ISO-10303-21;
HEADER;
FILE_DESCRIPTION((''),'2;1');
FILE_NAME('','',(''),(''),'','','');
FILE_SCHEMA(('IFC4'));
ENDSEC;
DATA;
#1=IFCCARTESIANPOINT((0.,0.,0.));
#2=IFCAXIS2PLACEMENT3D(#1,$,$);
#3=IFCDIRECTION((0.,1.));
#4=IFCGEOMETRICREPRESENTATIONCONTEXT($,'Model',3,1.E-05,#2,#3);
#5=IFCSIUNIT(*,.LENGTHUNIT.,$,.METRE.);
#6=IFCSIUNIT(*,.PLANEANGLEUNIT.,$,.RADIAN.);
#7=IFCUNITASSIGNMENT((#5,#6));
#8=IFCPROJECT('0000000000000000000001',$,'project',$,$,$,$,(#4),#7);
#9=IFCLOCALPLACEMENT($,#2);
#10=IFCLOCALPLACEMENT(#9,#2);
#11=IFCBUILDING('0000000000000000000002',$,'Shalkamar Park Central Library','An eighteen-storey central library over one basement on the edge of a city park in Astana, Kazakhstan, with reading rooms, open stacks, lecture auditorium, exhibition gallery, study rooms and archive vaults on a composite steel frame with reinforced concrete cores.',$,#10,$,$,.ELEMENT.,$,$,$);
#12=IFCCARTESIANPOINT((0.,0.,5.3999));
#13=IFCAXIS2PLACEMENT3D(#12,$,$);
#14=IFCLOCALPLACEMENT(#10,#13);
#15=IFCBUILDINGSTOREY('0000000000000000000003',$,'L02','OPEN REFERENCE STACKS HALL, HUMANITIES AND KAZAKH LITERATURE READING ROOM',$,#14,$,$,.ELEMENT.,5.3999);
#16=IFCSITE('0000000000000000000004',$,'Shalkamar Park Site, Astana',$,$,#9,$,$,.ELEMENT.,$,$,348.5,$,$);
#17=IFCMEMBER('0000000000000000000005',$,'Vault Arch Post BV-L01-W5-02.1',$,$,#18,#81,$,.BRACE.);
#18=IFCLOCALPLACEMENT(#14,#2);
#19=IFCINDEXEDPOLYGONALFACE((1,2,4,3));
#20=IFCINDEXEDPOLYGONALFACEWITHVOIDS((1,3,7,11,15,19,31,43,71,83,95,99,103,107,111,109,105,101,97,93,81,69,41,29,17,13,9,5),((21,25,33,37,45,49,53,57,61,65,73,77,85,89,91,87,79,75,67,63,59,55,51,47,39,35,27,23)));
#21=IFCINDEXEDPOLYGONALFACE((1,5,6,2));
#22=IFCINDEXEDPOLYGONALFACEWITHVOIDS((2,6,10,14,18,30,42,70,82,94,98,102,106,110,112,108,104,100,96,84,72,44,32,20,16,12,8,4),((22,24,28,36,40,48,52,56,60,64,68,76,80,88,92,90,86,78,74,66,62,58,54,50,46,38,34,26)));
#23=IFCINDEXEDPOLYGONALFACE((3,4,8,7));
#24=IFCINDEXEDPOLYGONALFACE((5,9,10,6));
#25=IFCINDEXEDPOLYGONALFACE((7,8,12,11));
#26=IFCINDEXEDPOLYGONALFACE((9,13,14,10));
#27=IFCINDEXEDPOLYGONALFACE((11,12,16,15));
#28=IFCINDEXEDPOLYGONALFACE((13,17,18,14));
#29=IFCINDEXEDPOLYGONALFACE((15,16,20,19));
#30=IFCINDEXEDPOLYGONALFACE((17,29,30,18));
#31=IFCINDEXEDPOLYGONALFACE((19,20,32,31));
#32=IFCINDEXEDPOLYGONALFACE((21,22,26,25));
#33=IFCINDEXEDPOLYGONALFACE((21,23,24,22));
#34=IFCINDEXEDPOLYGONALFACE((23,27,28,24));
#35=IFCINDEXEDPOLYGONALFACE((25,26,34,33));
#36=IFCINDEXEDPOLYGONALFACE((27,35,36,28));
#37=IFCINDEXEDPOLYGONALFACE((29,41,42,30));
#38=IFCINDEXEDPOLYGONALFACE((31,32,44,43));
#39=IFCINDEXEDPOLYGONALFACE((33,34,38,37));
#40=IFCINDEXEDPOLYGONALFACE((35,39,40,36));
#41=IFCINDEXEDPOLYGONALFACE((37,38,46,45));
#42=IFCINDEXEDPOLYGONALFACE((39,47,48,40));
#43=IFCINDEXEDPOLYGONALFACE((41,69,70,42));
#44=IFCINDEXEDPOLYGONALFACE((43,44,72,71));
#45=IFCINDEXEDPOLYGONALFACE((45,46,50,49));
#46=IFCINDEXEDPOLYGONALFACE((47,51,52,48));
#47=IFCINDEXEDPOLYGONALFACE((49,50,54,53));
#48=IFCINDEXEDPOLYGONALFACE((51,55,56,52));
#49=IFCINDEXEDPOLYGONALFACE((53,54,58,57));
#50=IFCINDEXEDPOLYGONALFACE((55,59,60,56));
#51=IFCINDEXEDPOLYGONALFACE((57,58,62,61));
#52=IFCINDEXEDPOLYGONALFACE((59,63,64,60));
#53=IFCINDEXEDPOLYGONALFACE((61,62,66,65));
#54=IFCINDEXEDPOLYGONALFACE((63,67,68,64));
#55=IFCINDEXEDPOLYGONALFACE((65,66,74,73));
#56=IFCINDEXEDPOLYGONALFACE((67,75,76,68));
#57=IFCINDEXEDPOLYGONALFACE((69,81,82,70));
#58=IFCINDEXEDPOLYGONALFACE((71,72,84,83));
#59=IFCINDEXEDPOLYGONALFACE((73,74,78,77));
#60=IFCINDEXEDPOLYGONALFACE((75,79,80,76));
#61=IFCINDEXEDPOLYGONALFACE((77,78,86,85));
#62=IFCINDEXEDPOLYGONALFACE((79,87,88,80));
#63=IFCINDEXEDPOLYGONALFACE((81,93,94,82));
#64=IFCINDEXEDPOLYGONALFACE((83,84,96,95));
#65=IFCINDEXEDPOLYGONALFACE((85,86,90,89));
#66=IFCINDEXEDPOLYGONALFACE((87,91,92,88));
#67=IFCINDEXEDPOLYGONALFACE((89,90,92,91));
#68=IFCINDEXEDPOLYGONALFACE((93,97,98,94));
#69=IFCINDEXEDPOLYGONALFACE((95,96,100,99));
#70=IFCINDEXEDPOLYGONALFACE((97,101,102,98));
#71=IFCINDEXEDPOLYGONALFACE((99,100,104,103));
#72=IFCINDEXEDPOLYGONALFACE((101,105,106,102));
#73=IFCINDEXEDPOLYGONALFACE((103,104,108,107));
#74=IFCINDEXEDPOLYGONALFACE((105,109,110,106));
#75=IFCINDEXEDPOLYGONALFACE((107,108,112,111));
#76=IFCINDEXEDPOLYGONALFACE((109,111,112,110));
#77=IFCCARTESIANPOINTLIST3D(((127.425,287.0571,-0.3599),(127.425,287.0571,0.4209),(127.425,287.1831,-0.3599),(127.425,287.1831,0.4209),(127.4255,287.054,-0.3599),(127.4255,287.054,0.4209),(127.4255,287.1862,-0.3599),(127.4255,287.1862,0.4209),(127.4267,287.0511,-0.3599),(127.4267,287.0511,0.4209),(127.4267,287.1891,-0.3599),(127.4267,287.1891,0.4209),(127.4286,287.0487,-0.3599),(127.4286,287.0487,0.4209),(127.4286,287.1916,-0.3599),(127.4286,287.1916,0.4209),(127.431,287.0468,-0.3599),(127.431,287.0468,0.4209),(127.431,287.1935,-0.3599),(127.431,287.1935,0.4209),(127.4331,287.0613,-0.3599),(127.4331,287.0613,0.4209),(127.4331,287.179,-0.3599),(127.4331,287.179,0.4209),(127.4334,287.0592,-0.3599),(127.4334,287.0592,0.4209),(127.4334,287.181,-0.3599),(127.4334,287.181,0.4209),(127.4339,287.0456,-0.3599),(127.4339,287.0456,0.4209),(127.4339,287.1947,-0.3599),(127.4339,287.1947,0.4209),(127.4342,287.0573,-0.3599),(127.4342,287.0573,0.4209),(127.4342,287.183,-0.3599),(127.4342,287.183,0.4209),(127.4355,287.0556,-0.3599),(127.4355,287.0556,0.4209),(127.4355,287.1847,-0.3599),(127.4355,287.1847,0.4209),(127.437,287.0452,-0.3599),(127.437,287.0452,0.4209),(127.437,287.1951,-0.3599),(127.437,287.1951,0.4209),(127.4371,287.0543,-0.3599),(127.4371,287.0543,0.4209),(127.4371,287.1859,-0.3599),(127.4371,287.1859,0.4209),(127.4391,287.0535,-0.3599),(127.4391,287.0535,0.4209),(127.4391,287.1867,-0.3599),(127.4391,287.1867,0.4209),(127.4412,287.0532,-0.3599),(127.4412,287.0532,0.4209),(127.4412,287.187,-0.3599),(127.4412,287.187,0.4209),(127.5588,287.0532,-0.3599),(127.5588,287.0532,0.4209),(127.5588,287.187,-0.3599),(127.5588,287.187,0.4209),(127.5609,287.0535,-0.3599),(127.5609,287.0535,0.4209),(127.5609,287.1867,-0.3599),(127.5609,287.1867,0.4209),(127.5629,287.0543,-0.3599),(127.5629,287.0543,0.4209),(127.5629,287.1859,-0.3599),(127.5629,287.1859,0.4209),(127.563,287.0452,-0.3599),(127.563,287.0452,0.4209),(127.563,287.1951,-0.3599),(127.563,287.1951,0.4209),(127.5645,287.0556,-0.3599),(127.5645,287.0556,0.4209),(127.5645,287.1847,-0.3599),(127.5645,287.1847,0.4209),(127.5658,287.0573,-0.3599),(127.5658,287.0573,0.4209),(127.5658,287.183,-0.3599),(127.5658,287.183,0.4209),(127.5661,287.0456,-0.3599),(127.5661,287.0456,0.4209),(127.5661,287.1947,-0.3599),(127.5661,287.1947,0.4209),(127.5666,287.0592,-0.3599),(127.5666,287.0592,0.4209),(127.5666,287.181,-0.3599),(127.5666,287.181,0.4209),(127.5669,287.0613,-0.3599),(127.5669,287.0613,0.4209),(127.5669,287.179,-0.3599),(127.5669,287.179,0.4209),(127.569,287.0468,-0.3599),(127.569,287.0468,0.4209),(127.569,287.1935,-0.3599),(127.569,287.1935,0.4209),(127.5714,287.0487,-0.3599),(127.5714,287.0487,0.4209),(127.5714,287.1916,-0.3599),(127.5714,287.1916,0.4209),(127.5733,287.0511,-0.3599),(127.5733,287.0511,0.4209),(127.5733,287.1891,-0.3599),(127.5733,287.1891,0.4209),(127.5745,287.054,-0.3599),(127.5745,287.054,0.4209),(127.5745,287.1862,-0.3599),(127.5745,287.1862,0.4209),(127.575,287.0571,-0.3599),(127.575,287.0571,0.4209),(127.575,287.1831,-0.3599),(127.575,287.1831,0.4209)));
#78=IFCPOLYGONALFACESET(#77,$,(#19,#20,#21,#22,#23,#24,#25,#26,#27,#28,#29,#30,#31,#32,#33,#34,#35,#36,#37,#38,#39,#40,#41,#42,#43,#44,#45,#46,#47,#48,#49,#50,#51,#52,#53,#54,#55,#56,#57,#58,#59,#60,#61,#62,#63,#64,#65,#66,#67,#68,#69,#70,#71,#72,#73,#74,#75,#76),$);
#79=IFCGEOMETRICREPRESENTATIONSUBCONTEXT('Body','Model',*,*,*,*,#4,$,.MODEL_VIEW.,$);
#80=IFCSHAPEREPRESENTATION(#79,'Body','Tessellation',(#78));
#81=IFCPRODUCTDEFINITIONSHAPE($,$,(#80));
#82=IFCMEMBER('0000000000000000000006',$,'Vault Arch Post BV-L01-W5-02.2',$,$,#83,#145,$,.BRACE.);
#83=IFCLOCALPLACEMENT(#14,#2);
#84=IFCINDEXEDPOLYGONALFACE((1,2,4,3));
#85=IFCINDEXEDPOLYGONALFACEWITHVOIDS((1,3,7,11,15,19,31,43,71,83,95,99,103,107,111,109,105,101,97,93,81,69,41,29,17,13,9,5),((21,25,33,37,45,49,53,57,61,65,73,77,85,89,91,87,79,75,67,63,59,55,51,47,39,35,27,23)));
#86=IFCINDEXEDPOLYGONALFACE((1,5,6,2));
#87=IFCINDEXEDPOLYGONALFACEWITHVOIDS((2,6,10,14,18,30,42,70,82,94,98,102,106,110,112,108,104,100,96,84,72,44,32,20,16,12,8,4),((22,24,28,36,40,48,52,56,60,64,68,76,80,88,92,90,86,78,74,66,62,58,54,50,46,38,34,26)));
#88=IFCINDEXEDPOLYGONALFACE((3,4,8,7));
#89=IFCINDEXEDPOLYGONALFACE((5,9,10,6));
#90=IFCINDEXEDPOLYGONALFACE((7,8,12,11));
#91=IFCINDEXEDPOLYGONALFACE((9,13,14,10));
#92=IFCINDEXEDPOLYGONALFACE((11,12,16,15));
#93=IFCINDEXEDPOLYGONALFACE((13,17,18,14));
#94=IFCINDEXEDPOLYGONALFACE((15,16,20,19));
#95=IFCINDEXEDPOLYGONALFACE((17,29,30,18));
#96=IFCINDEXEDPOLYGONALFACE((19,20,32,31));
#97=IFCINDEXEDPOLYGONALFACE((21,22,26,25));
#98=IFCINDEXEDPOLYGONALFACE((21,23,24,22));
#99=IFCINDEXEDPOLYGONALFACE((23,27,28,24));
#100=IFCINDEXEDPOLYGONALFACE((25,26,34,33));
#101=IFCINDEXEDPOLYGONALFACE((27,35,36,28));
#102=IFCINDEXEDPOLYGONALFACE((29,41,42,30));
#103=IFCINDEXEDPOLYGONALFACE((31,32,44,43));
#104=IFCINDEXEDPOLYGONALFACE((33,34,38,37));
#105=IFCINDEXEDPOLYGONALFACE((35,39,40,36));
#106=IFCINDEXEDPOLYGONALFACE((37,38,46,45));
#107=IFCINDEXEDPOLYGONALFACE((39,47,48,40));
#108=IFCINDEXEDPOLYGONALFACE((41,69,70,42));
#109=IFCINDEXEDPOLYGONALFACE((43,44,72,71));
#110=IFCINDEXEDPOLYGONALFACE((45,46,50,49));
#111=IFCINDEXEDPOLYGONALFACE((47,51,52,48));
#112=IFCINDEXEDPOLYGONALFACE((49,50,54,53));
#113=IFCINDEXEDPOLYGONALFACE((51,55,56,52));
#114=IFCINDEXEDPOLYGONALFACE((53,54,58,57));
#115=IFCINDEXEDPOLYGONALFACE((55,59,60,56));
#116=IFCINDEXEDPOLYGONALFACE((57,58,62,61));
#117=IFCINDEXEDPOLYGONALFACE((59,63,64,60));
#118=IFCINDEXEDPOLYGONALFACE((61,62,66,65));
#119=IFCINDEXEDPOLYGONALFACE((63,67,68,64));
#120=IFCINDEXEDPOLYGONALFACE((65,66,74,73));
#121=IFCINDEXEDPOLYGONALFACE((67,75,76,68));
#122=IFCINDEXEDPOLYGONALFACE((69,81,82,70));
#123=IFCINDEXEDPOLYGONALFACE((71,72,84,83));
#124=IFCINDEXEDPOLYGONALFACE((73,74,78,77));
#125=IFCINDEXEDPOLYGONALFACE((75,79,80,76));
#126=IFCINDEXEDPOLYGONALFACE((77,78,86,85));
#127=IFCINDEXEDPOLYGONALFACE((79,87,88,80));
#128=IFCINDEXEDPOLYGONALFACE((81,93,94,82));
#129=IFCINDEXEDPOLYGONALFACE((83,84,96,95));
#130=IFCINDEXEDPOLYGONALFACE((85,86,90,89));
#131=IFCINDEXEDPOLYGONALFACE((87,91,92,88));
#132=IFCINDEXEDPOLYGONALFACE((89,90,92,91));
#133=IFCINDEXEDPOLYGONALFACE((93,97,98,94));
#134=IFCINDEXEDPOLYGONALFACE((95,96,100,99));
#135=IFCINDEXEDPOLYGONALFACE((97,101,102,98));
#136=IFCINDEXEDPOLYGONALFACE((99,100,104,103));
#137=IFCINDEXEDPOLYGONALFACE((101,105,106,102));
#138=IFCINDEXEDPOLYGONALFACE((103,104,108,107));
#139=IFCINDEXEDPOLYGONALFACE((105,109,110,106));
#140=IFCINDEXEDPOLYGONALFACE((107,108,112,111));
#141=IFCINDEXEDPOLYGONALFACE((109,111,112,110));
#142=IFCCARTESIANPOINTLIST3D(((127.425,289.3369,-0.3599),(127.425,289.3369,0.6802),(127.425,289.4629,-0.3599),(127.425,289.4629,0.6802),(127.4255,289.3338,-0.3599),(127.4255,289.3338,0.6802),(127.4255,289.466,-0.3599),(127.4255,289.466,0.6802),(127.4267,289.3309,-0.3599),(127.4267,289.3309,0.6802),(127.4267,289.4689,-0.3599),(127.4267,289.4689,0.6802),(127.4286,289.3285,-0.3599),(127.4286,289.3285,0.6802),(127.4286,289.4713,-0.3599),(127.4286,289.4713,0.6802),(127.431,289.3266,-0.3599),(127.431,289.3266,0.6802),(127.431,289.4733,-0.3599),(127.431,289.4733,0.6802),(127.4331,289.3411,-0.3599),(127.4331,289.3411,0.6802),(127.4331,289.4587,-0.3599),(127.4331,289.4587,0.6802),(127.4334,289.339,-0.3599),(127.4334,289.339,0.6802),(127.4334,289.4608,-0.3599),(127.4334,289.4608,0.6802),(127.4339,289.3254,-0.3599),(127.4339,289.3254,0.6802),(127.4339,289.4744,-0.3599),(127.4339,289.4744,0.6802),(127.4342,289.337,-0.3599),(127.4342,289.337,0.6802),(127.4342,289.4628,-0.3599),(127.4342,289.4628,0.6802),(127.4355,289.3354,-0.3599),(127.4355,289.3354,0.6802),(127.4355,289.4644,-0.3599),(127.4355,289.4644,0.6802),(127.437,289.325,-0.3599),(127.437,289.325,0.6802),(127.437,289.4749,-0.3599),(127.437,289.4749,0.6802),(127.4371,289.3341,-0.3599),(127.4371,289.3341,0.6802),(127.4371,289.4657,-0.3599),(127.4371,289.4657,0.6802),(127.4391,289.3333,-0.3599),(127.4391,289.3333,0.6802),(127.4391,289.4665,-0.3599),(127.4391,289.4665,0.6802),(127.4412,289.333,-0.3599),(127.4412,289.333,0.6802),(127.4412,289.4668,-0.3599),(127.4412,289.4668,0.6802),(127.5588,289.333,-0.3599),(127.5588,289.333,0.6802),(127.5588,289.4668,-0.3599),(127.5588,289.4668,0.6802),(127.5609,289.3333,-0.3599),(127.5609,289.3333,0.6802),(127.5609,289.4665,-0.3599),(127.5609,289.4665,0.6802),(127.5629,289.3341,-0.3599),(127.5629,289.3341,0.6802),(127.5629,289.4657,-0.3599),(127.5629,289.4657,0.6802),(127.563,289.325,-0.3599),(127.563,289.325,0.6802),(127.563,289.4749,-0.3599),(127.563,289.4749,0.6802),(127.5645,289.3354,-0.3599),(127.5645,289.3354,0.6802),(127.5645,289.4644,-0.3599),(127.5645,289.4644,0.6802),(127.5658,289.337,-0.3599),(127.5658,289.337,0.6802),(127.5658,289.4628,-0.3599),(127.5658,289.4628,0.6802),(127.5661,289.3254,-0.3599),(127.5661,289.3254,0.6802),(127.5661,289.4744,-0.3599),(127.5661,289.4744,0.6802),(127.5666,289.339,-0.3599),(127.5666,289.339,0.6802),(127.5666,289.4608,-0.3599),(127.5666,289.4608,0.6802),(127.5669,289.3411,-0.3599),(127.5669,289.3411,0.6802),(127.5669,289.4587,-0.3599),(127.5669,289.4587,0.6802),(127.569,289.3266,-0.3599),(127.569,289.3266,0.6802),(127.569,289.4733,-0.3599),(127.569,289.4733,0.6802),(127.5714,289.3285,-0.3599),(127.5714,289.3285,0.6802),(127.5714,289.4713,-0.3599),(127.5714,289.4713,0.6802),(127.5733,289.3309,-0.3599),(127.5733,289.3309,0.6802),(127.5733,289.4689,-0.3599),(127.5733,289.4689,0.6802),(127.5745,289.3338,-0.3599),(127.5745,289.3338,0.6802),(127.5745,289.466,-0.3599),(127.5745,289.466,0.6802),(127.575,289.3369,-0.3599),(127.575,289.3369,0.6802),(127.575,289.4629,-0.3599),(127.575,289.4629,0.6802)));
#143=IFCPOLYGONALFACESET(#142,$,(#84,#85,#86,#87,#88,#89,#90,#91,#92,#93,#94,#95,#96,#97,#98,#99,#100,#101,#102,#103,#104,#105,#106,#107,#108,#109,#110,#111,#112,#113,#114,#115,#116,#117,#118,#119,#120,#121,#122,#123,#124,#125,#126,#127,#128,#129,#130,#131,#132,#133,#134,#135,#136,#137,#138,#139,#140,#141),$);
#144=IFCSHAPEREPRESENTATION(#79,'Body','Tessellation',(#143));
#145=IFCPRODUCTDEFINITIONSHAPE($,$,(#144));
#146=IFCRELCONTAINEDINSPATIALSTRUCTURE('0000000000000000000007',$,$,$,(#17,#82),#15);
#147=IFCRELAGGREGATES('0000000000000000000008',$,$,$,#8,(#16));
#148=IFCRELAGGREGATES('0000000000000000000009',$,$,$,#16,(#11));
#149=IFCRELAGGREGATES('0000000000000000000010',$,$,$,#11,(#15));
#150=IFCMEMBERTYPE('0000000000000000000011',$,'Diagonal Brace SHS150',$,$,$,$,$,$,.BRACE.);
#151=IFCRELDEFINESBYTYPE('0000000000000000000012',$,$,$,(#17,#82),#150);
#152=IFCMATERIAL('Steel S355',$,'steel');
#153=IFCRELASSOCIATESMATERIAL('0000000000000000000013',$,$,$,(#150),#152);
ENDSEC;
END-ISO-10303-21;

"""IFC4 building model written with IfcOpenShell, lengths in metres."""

from ifc_helpers import new_model, si_unit, direction, frame, origin, origin_2d, place, context, subcontext, project, spatial, hollow_rectangle, extrude, material, material_profile, profile_set, type_object, element, save


model = new_model("IFC4")

# Units and contexts
model_context = context("Model", 3, precision=1e-05, world=origin(), true_north=direction((0.0, 1.0)))
body_context = subcontext(model_context, "Body", "Model", "MODEL_VIEW")
ifc_project = project(units=[si_unit("LENGTHUNIT", "METRE"), si_unit("PLANEANGLEUNIT", "RADIAN")], contexts=[model_context])

# Site, building, storey
site_placement = place(None, origin())
site = spatial("IfcSite", under=ifc_project, at=site_placement, Name="Shalkamar Park Site, Astana", CompositionType="ELEMENT", RefElevation=348.5)
building_placement = place(site_placement, origin())
building = spatial("IfcBuilding", under=site, at=building_placement, Name="Shalkamar Park Central Library", Description="An eighteen-storey central library over one basement on the edge of a city park in Astana, Kazakhstan, with reading rooms, open stacks, lecture auditorium, exhibition gallery, study rooms and archive vaults on a composite steel frame with reinforced concrete cores.", CompositionType="ELEMENT")
storey_placement = place(building_placement, frame((0.0, 0.0, 5.3999)))
storey = spatial("IfcBuildingStorey", under=building, at=storey_placement, Name="L02", Description="OPEN REFERENCE STACKS HALL, HUMANITIES AND KAZAKH LITERATURE READING ROOM", CompositionType="ELEMENT", Elevation=5.3999)

# Members
ifc_material_1 = material(Name="Steel S355", Category="steel")
ifc_material_profile_1 = material_profile(ifc_material_1, hollow_rectangle(XDim=0.1499, YDim=0.1499, WallThickness=0.0081, InnerFilletRadius=0.0081, OuterFilletRadius=0.012, at=origin_2d()), Name="SHS 150x150x8")
ifc_profile_set_1 = profile_set([ifc_material_profile_1], Name="Steel S355")
member_type_1 = type_object("IfcMemberType", Name="Diagonal Brace SHS150", PredefinedType="BRACE", material=ifc_profile_set_1)
for number, where, z_axis, x_axis, name in (
    (1, (127.5, 287.1201, -0.3599), (0.0, 0.0, 1.0), (1.0, 0.0, 0.0), "Vault Arch Post BV-L01-W5-02.1"),
):
    element("IfcMember", number, at=place(storey_placement, frame(where, z_axis=z_axis, x_axis=x_axis)), inside=storey, type_object=member_type_1, Name=name, PredefinedType="BRACE", context=body_context, shape_type="SweptSolid", body=[
        extrude(hollow_rectangle(XDim=0.1499, YDim=0.1499, WallThickness=0.0081, InnerFilletRadius=0.0081, OuterFilletRadius=0.012, at=origin_2d()), origin(), (0.0, 0.0, 1.0), 0.7808),
    ])
member_1_placement = place(storey_placement, frame((127.5, 289.3999, -0.3599), z_axis=(0.0, 0.0, 1.0), x_axis=(1.0, 0.0, 0.0)))
element("IfcMember", 2, at=member_1_placement, inside=storey, type_object=member_type_1, Name="Vault Arch Post BV-L01-W5-02.2", PredefinedType="BRACE", context=body_context, shape_type="SweptSolid", body=[
    extrude(hollow_rectangle(XDim=0.1499, YDim=0.1499, WallThickness=0.0081, InnerFilletRadius=0.0081, OuterFilletRadius=0.012, at=origin_2d()), origin(), (0.0, 0.0, 1.0), 1.04),
])

save(model, "model.ifc")
